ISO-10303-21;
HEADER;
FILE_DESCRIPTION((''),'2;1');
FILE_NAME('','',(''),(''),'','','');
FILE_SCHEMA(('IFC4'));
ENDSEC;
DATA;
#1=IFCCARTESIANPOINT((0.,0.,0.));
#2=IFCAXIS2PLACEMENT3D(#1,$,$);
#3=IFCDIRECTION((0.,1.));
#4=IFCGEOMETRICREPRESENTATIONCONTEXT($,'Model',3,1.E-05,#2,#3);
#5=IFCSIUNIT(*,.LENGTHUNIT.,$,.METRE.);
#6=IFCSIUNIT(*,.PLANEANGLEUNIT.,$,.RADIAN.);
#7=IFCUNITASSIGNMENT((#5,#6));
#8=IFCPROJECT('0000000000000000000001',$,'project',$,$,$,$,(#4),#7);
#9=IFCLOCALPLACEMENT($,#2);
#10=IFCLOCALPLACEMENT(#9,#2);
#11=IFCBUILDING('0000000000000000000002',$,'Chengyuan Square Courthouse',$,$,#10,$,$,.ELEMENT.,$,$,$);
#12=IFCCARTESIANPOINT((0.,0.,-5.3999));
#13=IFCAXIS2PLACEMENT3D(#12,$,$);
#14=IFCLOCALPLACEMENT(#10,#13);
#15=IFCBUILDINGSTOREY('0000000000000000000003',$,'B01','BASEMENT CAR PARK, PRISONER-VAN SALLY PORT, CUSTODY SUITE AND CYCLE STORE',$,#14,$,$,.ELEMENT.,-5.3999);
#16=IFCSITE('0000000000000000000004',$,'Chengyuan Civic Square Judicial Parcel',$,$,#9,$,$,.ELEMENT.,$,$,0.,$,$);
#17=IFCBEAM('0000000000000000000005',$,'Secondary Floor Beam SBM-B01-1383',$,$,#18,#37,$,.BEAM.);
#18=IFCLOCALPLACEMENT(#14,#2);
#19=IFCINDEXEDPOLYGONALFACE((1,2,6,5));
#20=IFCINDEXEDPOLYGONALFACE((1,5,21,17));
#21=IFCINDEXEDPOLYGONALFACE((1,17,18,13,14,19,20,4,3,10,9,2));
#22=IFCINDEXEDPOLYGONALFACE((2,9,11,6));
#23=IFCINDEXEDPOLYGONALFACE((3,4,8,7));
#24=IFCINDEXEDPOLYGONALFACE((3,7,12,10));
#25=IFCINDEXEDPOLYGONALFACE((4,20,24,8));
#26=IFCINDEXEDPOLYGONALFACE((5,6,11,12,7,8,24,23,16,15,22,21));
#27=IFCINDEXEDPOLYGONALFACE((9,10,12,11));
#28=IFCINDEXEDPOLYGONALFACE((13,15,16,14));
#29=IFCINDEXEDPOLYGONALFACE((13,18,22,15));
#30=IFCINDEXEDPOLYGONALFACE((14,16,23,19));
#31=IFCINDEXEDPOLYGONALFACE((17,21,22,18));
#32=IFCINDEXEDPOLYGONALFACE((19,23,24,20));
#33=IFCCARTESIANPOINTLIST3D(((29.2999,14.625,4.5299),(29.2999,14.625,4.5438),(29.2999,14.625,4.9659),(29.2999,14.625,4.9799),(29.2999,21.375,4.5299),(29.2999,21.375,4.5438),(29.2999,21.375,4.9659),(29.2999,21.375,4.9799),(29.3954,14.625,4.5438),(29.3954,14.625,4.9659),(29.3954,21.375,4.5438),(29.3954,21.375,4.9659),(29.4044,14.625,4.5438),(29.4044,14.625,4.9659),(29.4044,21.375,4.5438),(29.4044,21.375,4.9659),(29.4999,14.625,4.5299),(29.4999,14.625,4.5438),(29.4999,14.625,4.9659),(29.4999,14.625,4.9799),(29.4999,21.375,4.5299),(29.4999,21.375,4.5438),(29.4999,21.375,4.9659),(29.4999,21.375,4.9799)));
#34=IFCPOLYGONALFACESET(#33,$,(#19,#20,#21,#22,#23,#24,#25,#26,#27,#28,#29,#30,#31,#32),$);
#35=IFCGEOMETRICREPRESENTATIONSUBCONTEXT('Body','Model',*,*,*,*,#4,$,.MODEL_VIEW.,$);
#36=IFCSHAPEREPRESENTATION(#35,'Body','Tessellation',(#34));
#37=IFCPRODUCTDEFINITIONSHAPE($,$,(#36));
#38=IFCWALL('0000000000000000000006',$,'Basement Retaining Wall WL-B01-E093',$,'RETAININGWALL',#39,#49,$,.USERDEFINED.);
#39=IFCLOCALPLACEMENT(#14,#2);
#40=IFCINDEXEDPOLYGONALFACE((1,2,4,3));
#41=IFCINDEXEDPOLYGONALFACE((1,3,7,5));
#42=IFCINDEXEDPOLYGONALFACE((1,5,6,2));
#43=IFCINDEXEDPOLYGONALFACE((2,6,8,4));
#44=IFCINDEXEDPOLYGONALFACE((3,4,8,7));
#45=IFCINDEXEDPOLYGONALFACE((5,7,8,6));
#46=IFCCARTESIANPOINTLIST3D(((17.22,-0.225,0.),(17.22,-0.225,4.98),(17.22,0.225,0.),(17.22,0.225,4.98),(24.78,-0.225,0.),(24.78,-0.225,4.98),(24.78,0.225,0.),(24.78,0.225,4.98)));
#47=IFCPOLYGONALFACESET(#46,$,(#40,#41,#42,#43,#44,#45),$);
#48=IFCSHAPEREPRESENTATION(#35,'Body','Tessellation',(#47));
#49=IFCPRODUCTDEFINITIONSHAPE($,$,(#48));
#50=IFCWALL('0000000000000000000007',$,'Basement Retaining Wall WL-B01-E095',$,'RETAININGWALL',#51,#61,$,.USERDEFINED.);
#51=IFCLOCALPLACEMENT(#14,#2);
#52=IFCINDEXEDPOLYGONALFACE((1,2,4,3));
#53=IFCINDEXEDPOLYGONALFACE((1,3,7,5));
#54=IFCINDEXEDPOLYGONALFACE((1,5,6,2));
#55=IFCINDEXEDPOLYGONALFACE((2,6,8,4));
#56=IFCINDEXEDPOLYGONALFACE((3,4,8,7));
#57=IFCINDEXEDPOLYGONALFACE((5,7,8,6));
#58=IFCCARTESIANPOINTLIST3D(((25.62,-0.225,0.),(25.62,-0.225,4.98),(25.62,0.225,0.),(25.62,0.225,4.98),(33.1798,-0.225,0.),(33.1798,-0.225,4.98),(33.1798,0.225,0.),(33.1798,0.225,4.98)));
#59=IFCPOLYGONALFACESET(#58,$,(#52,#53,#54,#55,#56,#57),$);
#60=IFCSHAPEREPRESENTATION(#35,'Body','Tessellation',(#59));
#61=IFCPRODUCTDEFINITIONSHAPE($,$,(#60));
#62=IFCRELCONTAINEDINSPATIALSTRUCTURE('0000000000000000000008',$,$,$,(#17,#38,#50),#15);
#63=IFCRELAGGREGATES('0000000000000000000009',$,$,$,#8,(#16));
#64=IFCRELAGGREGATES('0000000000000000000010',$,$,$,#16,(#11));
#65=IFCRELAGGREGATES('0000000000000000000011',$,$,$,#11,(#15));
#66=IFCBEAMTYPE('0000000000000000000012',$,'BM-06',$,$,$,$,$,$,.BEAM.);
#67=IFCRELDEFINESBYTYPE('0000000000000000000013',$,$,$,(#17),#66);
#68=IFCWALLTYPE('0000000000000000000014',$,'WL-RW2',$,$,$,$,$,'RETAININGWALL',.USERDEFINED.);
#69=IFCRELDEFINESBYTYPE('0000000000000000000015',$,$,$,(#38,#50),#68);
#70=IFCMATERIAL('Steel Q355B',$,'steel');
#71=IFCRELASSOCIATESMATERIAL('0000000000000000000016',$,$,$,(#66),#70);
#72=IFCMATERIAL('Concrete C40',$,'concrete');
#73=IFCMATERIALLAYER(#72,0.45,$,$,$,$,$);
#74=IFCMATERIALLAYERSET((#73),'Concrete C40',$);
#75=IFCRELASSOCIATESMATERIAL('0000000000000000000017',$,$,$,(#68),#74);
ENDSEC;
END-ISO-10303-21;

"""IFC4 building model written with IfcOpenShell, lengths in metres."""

from ifc_helpers import new_model, si_unit, direction, frame, frame_2d, origin, origin_2d, place, context, subcontext, project, spatial, rectangle, i_section, extrude, material, layer, layer_set, material_profile, profile_set, type_object, element, save


model = new_model("IFC4")

# Units and contexts
model_context = context("Model", 3, precision=1e-05, world=origin(), true_north=direction((0.0, 1.0)))
body_context = subcontext(model_context, "Body", "Model", "MODEL_VIEW")
ifc_project = project(units=[si_unit("LENGTHUNIT", "METRE"), si_unit("PLANEANGLEUNIT", "RADIAN")], contexts=[model_context])

# Site, building, storey
site_placement = place(None, origin())
site = spatial("IfcSite", under=ifc_project, at=site_placement, Name="Chengyuan Civic Square Judicial Parcel", CompositionType="ELEMENT", RefElevation=0.0)
building_placement = place(site_placement, origin())
building = spatial("IfcBuilding", under=site, at=building_placement, Name="Chengyuan Square Courthouse", CompositionType="ELEMENT")
storey_placement = place(building_placement, frame((0.0, 0.0, -5.3999)))
storey = spatial("IfcBuildingStorey", under=building, at=storey_placement, Name="B01", Description="BASEMENT CAR PARK, PRISONER-VAN SALLY PORT, CUSTODY SUITE AND CYCLE STORE", CompositionType="ELEMENT", Elevation=-5.3999)

# Beam
ifc_material_1 = material(Name="Concrete C40", Category="concrete")
ifc_material_2 = material(Name="Steel Q355B", Category="steel")
ifc_material_profile_1 = material_profile(ifc_material_2, i_section(OverallWidth=0.2, OverallDepth=0.45, WebThickness=0.009, FlangeThickness=0.0139, at=origin_2d()), Name="HN 450x200x9x14")
ifc_profile_set_1 = profile_set([ifc_material_profile_1], Name="Steel Q355B")
beam_type_1 = type_object("IfcBeamType", Name="BM-06", PredefinedType="BEAM", material=ifc_profile_set_1)
beam_1_placement = place(storey_placement, frame((29.3999, 14.625, 4.7549), z_axis=(0.0, 1.0, 0.0), x_axis=(-1.0, 0.0, 0.0)))
element("IfcBeam", 1, at=beam_1_placement, inside=storey, type_object=beam_type_1, Name="Secondary Floor Beam SBM-B01-1383", PredefinedType="BEAM", context=body_context, shape_type="SweptSolid", body=[
    extrude(i_section(OverallWidth=0.2, OverallDepth=0.45, WebThickness=0.009, FlangeThickness=0.0139, at=origin_2d()), origin(), (0.0, 0.0, 1.0), 6.75),
])

# Walls
ifc_layer = layer(ifc_material_1, 0.45)
ifc_layer_set = layer_set([ifc_layer], Name="Concrete C40")
wall_type = type_object("IfcWallType", Name="WL-RW2", ElementType="RETAININGWALL", PredefinedType="USERDEFINED", material=ifc_layer_set)
wall_1_placement = place(storey_placement, frame((17.22, 0.0, 0.0), z_axis=(0.0, 0.0, 1.0), x_axis=(1.0, 0.0, 0.0)))
element("IfcWall", 2, at=wall_1_placement, inside=storey, type_object=wall_type, Name="Basement Retaining Wall WL-B01-E093", ObjectType="RETAININGWALL", PredefinedType="USERDEFINED", context=body_context, shape_type="SweptSolid", body=[
    extrude(rectangle(XDim=7.5601, YDim=0.45, at=frame_2d((3.78, 0.0))), origin(), (0.0, 0.0, 1.0), 4.98),
])
wall_2_placement = place(storey_placement, frame((25.6201, 0.0, 0.0), z_axis=(0.0, 0.0, 1.0), x_axis=(1.0, 0.0, 0.0)))
element("IfcWall", 3, at=wall_2_placement, inside=storey, type_object=wall_type, Name="Basement Retaining Wall WL-B01-E095", ObjectType="RETAININGWALL", PredefinedType="USERDEFINED", context=body_context, shape_type="SweptSolid", body=[
    extrude(rectangle(XDim=7.5598, YDim=0.45, at=frame_2d((3.7798, 0.0))), origin(), (0.0, 0.0, 1.0), 4.98),
])

save(model, "model.ifc")
